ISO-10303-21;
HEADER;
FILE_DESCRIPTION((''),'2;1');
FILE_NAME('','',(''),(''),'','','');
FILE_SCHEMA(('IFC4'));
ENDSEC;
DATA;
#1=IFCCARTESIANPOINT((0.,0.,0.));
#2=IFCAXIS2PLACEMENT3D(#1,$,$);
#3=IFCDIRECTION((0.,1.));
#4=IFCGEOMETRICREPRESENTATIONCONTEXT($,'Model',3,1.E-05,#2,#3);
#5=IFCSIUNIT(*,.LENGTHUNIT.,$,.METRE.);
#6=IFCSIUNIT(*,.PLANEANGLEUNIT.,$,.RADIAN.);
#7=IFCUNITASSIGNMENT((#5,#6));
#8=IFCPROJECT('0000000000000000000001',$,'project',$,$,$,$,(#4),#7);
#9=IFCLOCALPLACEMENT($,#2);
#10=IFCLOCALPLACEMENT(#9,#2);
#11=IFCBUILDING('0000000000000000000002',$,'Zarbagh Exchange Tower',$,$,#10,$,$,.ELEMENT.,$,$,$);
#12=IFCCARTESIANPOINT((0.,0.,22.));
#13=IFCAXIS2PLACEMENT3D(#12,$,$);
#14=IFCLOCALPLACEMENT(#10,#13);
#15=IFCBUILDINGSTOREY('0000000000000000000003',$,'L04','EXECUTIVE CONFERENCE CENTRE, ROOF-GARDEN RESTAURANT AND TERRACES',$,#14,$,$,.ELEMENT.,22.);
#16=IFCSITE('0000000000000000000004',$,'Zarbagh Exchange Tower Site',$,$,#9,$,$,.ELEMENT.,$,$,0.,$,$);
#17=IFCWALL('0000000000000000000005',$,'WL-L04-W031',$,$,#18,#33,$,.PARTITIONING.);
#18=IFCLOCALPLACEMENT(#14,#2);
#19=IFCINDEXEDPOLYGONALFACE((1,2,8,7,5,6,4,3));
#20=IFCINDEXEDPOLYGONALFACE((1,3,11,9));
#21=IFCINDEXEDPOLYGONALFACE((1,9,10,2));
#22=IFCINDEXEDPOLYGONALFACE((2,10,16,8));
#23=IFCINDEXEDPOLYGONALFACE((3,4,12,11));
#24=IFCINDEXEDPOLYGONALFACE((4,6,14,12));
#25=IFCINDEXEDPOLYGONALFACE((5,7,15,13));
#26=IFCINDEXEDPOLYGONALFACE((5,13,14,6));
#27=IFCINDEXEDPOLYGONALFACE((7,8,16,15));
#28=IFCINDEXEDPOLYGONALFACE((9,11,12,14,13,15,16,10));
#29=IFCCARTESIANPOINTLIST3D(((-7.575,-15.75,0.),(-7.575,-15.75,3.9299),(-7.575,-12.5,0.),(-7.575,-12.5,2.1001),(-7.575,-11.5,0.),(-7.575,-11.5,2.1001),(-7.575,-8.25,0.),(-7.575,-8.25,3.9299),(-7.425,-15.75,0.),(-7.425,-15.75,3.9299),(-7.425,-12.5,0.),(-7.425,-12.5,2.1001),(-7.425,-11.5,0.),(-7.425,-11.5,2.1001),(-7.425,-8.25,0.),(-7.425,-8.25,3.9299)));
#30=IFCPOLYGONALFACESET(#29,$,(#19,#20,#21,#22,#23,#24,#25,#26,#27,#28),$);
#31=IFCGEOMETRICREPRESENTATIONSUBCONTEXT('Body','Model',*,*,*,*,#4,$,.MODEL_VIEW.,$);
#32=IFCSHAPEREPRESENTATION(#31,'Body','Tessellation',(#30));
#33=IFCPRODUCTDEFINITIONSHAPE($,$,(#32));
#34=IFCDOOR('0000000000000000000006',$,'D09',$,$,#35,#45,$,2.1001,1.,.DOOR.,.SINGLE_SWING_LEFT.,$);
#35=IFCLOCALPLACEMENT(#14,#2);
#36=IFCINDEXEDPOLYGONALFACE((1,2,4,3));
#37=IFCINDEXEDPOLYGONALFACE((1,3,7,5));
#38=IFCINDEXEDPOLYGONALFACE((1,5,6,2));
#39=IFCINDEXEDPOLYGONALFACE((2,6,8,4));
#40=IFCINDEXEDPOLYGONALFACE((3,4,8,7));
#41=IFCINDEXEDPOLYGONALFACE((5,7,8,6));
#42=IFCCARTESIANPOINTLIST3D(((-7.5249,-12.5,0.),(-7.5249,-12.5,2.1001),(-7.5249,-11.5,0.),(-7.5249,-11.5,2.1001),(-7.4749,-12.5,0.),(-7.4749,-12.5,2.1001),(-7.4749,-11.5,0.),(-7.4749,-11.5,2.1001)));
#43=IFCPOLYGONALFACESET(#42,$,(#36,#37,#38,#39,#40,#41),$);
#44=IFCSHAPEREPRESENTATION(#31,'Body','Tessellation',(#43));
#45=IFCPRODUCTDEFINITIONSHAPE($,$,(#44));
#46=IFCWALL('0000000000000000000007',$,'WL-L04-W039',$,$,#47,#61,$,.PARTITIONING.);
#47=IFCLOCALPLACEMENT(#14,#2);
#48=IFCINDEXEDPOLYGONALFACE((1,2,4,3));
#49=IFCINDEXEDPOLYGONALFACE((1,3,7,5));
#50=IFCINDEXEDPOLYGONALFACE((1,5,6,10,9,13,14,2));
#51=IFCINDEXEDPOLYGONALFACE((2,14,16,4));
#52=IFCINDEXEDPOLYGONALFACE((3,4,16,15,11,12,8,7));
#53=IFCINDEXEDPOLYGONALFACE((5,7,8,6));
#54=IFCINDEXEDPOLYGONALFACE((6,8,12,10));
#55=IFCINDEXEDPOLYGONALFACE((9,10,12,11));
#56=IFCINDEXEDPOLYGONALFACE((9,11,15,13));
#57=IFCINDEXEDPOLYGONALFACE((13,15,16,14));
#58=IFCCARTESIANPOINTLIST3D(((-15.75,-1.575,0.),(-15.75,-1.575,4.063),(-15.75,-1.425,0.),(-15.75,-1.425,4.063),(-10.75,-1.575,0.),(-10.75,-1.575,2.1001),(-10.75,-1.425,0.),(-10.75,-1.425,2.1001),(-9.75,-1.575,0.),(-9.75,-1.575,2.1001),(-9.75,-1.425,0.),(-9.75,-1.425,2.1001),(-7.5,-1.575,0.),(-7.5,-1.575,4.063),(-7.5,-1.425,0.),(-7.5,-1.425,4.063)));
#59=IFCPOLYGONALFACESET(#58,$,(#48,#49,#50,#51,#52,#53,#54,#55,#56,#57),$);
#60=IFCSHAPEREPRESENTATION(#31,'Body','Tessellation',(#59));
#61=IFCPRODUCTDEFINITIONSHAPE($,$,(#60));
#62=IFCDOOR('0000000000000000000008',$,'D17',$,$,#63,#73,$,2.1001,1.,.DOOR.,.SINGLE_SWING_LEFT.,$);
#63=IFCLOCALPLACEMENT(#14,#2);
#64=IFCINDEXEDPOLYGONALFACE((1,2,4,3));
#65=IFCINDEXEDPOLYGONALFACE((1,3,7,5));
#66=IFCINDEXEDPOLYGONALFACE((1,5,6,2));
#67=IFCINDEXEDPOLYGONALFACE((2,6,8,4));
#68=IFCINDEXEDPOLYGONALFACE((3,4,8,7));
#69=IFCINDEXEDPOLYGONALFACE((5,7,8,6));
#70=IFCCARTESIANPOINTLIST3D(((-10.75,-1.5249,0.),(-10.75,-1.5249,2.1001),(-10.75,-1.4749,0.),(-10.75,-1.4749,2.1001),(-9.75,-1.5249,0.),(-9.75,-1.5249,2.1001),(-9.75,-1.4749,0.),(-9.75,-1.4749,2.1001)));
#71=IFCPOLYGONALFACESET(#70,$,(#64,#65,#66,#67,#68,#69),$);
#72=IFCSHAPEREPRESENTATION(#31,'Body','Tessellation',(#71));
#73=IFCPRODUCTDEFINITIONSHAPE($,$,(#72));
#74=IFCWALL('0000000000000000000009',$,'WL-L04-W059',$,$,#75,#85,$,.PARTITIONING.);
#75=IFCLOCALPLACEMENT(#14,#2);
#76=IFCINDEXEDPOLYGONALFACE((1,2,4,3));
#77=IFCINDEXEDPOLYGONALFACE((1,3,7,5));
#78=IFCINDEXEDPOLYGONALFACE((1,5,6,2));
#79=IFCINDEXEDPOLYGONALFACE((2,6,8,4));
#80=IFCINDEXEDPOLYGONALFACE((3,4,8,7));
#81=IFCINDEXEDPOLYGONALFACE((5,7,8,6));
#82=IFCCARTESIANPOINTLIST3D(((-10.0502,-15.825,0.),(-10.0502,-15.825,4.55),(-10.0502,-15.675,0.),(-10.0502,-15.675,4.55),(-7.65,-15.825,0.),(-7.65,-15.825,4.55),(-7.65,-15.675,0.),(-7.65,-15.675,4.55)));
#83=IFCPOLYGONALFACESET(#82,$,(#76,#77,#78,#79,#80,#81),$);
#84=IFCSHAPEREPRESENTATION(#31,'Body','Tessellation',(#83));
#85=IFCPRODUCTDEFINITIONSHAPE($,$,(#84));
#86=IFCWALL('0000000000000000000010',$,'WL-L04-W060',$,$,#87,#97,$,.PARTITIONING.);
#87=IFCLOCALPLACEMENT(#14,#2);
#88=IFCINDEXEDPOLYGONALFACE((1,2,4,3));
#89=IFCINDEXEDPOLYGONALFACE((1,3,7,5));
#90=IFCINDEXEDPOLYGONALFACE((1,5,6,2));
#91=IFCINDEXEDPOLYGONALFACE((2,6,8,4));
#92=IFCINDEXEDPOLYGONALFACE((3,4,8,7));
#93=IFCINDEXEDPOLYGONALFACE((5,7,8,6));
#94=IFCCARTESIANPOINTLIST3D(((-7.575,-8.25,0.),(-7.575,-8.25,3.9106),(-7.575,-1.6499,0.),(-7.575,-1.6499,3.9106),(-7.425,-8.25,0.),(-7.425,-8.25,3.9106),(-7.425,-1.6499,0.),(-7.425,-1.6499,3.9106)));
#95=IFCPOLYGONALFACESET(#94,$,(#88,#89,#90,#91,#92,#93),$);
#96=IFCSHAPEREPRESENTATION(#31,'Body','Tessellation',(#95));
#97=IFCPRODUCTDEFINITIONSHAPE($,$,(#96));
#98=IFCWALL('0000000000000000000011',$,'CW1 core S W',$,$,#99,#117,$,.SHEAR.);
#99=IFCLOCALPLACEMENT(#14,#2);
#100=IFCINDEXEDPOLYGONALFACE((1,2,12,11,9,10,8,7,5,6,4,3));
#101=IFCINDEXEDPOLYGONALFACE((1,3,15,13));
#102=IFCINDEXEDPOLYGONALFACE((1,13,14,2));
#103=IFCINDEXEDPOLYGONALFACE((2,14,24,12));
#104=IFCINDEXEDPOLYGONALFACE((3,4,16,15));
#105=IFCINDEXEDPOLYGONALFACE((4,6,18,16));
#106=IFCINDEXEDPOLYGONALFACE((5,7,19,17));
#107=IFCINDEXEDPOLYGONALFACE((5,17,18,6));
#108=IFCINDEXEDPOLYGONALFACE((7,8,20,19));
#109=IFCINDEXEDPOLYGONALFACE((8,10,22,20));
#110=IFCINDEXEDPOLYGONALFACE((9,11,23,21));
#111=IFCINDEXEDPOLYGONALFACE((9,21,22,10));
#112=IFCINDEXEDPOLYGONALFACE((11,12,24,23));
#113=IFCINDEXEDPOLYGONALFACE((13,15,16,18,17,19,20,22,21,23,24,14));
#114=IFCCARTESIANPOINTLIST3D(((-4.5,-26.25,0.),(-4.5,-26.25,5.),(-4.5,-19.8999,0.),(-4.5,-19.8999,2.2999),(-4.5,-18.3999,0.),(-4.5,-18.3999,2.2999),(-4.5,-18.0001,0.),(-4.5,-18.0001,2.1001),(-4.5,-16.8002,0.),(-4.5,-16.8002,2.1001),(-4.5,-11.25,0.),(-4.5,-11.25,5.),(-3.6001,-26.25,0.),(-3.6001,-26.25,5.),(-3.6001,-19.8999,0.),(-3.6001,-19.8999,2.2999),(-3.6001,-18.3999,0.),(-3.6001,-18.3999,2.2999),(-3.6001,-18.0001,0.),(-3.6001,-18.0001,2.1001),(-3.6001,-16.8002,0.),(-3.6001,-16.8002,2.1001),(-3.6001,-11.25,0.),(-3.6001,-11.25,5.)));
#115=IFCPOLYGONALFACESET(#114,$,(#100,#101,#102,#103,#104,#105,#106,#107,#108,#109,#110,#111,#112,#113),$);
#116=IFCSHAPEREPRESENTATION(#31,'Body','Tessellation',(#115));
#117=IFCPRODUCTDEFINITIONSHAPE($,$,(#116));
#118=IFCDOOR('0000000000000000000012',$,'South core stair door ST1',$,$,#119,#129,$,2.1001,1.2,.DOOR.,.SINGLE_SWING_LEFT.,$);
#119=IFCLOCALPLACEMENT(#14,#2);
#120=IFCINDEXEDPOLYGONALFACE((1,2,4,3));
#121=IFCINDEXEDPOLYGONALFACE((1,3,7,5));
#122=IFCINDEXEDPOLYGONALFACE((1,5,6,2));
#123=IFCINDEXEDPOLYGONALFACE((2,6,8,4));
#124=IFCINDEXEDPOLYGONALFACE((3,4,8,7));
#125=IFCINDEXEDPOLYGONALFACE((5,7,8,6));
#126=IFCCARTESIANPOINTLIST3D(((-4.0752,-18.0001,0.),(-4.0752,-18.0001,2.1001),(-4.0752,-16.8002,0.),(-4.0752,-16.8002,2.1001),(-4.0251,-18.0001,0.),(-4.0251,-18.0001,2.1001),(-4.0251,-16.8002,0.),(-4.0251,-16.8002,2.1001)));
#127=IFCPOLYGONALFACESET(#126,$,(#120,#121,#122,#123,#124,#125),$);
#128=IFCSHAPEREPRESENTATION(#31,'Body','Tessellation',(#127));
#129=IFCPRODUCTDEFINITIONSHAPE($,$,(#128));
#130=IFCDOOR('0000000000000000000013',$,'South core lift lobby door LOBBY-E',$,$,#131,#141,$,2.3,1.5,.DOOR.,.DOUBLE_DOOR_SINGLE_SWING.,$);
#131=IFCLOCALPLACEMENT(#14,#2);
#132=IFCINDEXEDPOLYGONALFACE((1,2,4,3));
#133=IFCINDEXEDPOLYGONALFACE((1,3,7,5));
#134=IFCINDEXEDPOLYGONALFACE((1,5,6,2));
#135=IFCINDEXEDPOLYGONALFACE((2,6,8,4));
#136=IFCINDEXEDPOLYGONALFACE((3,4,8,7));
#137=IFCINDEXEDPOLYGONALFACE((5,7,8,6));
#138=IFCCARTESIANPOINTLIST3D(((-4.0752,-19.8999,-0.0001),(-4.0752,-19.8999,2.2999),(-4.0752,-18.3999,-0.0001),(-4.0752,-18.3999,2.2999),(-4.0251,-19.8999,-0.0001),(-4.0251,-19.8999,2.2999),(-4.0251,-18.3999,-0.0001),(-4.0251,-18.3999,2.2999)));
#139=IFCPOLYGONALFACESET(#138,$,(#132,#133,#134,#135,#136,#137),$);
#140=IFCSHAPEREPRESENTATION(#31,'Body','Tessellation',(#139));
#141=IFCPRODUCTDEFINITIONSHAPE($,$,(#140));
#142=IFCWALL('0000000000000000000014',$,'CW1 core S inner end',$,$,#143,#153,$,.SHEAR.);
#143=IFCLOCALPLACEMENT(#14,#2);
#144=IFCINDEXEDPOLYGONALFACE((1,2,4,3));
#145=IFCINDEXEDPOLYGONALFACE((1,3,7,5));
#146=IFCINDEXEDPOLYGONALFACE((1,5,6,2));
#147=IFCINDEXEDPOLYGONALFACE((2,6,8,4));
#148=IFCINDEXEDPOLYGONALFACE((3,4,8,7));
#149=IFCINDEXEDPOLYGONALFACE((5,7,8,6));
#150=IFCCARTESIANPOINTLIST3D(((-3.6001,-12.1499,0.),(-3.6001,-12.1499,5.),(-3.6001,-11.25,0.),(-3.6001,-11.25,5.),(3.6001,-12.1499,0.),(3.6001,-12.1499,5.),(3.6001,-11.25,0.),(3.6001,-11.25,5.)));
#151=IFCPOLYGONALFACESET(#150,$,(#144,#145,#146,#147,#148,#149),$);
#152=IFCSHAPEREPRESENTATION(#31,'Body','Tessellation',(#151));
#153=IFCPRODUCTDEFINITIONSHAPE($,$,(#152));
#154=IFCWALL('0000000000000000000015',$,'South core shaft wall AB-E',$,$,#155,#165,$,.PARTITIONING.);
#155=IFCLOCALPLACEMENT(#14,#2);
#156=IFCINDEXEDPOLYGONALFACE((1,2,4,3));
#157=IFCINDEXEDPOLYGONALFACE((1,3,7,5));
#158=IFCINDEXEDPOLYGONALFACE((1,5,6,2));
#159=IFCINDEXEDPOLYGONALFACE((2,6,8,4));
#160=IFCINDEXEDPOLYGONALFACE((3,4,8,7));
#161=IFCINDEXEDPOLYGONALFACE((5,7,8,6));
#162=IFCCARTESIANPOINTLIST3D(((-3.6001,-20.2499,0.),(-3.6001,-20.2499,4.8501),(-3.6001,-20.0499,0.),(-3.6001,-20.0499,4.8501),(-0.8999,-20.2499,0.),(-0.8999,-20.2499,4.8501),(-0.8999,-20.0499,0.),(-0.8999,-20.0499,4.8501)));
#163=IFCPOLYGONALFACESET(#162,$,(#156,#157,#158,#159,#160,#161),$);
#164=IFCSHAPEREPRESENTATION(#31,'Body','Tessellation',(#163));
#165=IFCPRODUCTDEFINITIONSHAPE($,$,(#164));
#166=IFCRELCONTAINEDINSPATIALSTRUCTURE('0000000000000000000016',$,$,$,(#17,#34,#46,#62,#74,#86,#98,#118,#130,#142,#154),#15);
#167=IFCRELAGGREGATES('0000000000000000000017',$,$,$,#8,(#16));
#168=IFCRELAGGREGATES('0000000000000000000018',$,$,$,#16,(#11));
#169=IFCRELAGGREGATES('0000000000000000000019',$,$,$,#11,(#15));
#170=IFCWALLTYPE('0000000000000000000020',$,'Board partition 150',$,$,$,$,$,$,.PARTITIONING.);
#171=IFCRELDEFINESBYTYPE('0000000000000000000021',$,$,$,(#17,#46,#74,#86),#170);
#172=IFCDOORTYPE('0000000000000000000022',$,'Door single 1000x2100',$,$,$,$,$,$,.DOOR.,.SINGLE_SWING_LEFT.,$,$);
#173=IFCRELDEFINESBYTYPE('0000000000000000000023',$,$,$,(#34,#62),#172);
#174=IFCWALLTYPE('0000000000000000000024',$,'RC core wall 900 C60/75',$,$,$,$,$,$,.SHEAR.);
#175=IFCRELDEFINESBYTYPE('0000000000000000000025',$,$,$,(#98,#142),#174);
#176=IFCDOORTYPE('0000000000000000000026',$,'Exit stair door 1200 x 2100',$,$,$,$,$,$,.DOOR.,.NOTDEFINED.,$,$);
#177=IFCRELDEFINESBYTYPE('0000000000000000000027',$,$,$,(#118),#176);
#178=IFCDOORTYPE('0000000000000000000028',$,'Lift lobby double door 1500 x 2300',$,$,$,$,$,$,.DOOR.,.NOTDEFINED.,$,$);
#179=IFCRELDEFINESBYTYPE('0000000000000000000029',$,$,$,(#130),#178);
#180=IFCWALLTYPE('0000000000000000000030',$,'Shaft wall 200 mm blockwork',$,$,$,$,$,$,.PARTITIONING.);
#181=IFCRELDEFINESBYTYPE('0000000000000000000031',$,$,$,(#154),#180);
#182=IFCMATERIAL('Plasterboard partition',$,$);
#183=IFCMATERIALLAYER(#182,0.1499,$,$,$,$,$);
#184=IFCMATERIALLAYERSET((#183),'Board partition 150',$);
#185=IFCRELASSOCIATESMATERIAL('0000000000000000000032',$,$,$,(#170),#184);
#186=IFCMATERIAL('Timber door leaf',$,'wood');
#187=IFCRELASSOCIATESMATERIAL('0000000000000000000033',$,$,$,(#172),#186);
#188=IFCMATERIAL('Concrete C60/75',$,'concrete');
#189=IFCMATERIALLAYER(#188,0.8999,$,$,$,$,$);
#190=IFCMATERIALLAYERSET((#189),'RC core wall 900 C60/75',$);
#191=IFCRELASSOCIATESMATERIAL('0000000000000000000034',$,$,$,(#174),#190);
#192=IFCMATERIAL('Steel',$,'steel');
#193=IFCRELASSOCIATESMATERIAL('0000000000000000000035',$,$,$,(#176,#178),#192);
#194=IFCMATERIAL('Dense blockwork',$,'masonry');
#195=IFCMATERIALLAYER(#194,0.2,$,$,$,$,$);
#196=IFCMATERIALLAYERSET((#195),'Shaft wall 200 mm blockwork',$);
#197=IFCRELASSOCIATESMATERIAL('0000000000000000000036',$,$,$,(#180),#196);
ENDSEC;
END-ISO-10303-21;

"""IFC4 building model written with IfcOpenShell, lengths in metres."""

from ifc_helpers import new_model, si_unit, direction, frame, frame_2d, origin, place, context, subcontext, project, spatial, rectangle, extrude, material, layer, layer_set, type_object, element, fill, save


model = new_model("IFC4")

# Units and contexts
model_context = context("Model", 3, precision=1e-05, world=origin(), true_north=direction((0.0, 1.0)))
body_context = subcontext(model_context, "Body", "Model", "MODEL_VIEW")
ifc_project = project(units=[si_unit("LENGTHUNIT", "METRE"), si_unit("PLANEANGLEUNIT", "RADIAN")], contexts=[model_context])

# Site, building, storey
site_placement = place(None, origin())
site = spatial("IfcSite", under=ifc_project, at=site_placement, Name="Zarbagh Exchange Tower Site", CompositionType="ELEMENT", RefElevation=0.0)
building_placement = place(site_placement, origin())
building = spatial("IfcBuilding", under=site, at=building_placement, Name="Zarbagh Exchange Tower", CompositionType="ELEMENT")
storey_placement = place(building_placement, frame((0.0, 0.0, 22.0)))
storey = spatial("IfcBuildingStorey", under=building, at=storey_placement, Name="L04", Description="EXECUTIVE CONFERENCE CENTRE, ROOF-GARDEN RESTAURANT AND TERRACES", CompositionType="ELEMENT", Elevation=22.0)

# Shared definitions
ifc_material_1 = material(Name="Concrete C60/75", Category="concrete")

# Walls, openings, doors
ifc_material_2 = material(Name="Plasterboard partition")
ifc_layer_1 = layer(ifc_material_2, 0.1499)
ifc_layer_set_1 = layer_set([ifc_layer_1], Name="Board partition 150")
wall_type_1 = type_object("IfcWallType", Name="Board partition 150", PredefinedType="PARTITIONING", material=ifc_layer_set_1)
wall_1_placement = place(storey_placement, frame((-7.5, -15.75, 0.0), z_axis=(0.0, 0.0, 1.0), x_axis=(0.0, 1.0, 0.0)))
wall_1 = element("IfcWall", 1, at=wall_1_placement, inside=storey, type_object=wall_type_1, Name="WL-L04-W031", PredefinedType="PARTITIONING", context=body_context, shape_type="SweptSolid", body=[
    extrude(rectangle(XDim=7.5, YDim=0.1499, at=frame_2d((3.75, 0.0))), origin(), (0.0, 0.0, 1.0), 3.9299),
])
opening_1_placement = place(wall_1_placement, frame((3.25, 0.0, 0.0)))
opening_1 = element("IfcOpeningElement", 2, at=opening_1_placement, cuts=wall_1, PredefinedType="OPENING", context=body_context, shape_type="SweptSolid", body=[
    extrude(rectangle(XDim=1.0, YDim=2.1001, at=frame_2d((0.5, 1.05))), frame((0.0, 0.085, 0.0), z_axis=(0.0, -1.0, 0.0), x_axis=(1.0, 0.0, 0.0)), (0.0, 0.0, 1.0), 0.1699),
])
ifc_material_3 = material(Name="Timber door leaf", Category="wood")
door_type_1 = type_object("IfcDoorType", Name="Door single 1000x2100", OperationType="SINGLE_SWING_LEFT", PredefinedType="DOOR", material=ifc_material_3)
door_1_placement = place(opening_1_placement, origin())
door_1 = element("IfcDoor", 3, at=door_1_placement, inside=storey, type_object=door_type_1, Name="D09", OperationType="SINGLE_SWING_LEFT", OverallHeight=2.1001, OverallWidth=1.0, PredefinedType="DOOR", context=body_context, shape_type="SweptSolid", body=[
    extrude(rectangle(XDim=1.0, YDim=2.1001, at=frame_2d((0.5, 1.05))), frame((0.0, 0.0249, 0.0), z_axis=(0.0, -1.0, 0.0), x_axis=(1.0, 0.0, 0.0)), (0.0, 0.0, 1.0), 0.05),
])
fill(opening_1, door_1)
wall_2_placement = place(storey_placement, frame((-7.5, -1.5, 0.0), z_axis=(0.0, 0.0, 1.0), x_axis=(-1.0, 0.0, 0.0)))
wall_2 = element("IfcWall", 4, at=wall_2_placement, inside=storey, type_object=wall_type_1, Name="WL-L04-W039", PredefinedType="PARTITIONING", context=body_context, shape_type="SweptSolid", body=[
    extrude(rectangle(XDim=8.25, YDim=0.1499, at=frame_2d((4.125, 0.0))), origin(), (0.0, 0.0, 1.0), 4.063),
])
opening_2_placement = place(wall_2_placement, frame((2.25, 0.0, 0.0)))
opening_2 = element("IfcOpeningElement", 5, at=opening_2_placement, cuts=wall_2, PredefinedType="OPENING", context=body_context, shape_type="SweptSolid", body=[
    extrude(rectangle(XDim=1.0, YDim=2.1001, at=frame_2d((0.5, 1.05))), frame((0.0, 0.085, 0.0), z_axis=(0.0, -1.0, 0.0), x_axis=(1.0, 0.0, 0.0)), (0.0, 0.0, 1.0), 0.1699),
])
door_2_placement = place(opening_2_placement, origin())
door_2 = element("IfcDoor", 6, at=door_2_placement, inside=storey, type_object=door_type_1, Name="D17", OperationType="SINGLE_SWING_LEFT", OverallHeight=2.1001, OverallWidth=1.0, PredefinedType="DOOR", context=body_context, shape_type="SweptSolid", body=[
    extrude(rectangle(XDim=1.0, YDim=2.1001, at=frame_2d((0.5, 1.05))), frame((0.0, 0.0249, 0.0), z_axis=(0.0, -1.0, 0.0), x_axis=(1.0, 0.0, 0.0)), (0.0, 0.0, 1.0), 0.05),
])
fill(opening_2, door_2)

# Walls
wall_3_placement = place(storey_placement, frame((-7.6499, -15.75, 0.0), z_axis=(0.0, 0.0, 1.0), x_axis=(-1.0, 0.0, 0.0)))
element("IfcWall", 7, at=wall_3_placement, inside=storey, type_object=wall_type_1, Name="WL-L04-W059", PredefinedType="PARTITIONING", context=body_context, shape_type="SweptSolid", body=[
    extrude(rectangle(XDim=2.4001, YDim=0.1499, at=frame_2d((1.2002, 0.0))), origin(), (0.0, 0.0, 1.0), 4.55),
])
wall_4_placement = place(storey_placement, frame((-7.5, -1.6499, 0.0), z_axis=(0.0, 0.0, 1.0), x_axis=(0.0, -1.0, 0.0)))
element("IfcWall", 8, at=wall_4_placement, inside=storey, type_object=wall_type_1, Name="WL-L04-W060", PredefinedType="PARTITIONING", context=body_context, shape_type="SweptSolid", body=[
    extrude(rectangle(XDim=6.6001, YDim=0.1499, at=frame_2d((3.3, 0.0))), origin(), (0.0, 0.0, 1.0), 3.9106),
])

# Wall, openings, doors
ifc_layer_2 = layer(ifc_material_1, 0.8999)
ifc_layer_set_2 = layer_set([ifc_layer_2], Name="RC core wall 900 C60/75")
wall_type_2 = type_object("IfcWallType", Name="RC core wall 900 C60/75", PredefinedType="SHEAR", material=ifc_layer_set_2)
wall_5_placement = place(storey_placement, frame((-4.05, -11.25, 0.0), z_axis=(0.0, 0.0, 1.0), x_axis=(0.0, -1.0, 0.0)))
wall_5 = element("IfcWall", 9, at=wall_5_placement, inside=storey, type_object=wall_type_2, Name="CW1 core S W", PredefinedType="SHEAR", context=body_context, shape_type="SweptSolid", body=[
    extrude(rectangle(XDim=15.0, YDim=0.8999, at=frame_2d((7.5, 0.0))), origin(), (0.0, 0.0, 1.0), 5.0),
])
opening_3_placement = place(wall_5_placement, frame((7.1499, 0.0, 0.0)))
opening_3 = element("IfcOpeningElement", 10, at=opening_3_placement, cuts=wall_5, PredefinedType="OPENING", context=body_context, shape_type="SweptSolid", body=[
    extrude(rectangle(XDim=1.5, YDim=2.3, at=frame_2d((0.75, 1.1499))), frame((0.0, 0.46, 0.0), z_axis=(0.0, -1.0, 0.0), x_axis=(1.0, 0.0, 0.0)), (0.0, 0.0, 1.0), 0.9199),
])
opening_4_placement = place(wall_5_placement, frame((5.55, 0.0, 0.0)))
opening_4 = element("IfcOpeningElement", 11, at=opening_4_placement, cuts=wall_5, PredefinedType="OPENING", context=body_context, shape_type="SweptSolid", body=[
    extrude(rectangle(XDim=1.2, YDim=2.1001, at=frame_2d((0.6001, 1.05))), frame((0.0, 0.46, 0.0), z_axis=(0.0, -1.0, 0.0), x_axis=(1.0, 0.0, 0.0)), (0.0, 0.0, 1.0), 0.9199),
])
ifc_material_4 = material(Name="Steel", Category="steel")
door_type_2 = type_object("IfcDoorType", Name="Exit stair door 1200 x 2100", OperationType="NOTDEFINED", PredefinedType="DOOR", material=ifc_material_4)
door_3_placement = place(opening_4_placement, origin())
door_3 = element("IfcDoor", 12, at=door_3_placement, inside=storey, type_object=door_type_2, Name="South core stair door ST1", OperationType="SINGLE_SWING_LEFT", OverallHeight=2.1001, OverallWidth=1.2, PredefinedType="DOOR", context=body_context, shape_type="SweptSolid", body=[
    extrude(rectangle(XDim=1.2, YDim=2.1001, at=frame_2d((0.6001, 1.05))), frame((0.0, 0.0249, 0.0), z_axis=(0.0, -1.0, 0.0), x_axis=(1.0, 0.0, 0.0)), (0.0, 0.0, 1.0), 0.05),
])
fill(opening_4, door_3)
door_type_3 = type_object("IfcDoorType", Name="Lift lobby double door 1500 x 2300", OperationType="NOTDEFINED", PredefinedType="DOOR", material=ifc_material_4)
door_4_placement = place(opening_3_placement, origin())
door_4 = element("IfcDoor", 13, at=door_4_placement, inside=storey, type_object=door_type_3, Name="South core lift lobby door LOBBY-E", OperationType="DOUBLE_DOOR_SINGLE_SWING", OverallHeight=2.3, OverallWidth=1.5, PredefinedType="DOOR", context=body_context, shape_type="SweptSolid", body=[
    extrude(rectangle(XDim=1.5, YDim=2.3, at=frame_2d((0.75, 1.1499))), frame((0.0, 0.0249, 0.0), z_axis=(0.0, -1.0, 0.0), x_axis=(1.0, 0.0, 0.0)), (0.0, 0.0, 1.0), 0.05),
])
fill(opening_3, door_4)

# Walls
wall_6_placement = place(storey_placement, frame((-3.6001, -11.7, 0.0), z_axis=(0.0, 0.0, 1.0), x_axis=(1.0, 0.0, 0.0)))
element("IfcWall", 14, at=wall_6_placement, inside=storey, type_object=wall_type_2, Name="CW1 core S inner end", PredefinedType="SHEAR", context=body_context, shape_type="SweptSolid", body=[
    extrude(rectangle(XDim=7.2002, YDim=0.8999, at=frame_2d((3.6001, 0.0))), origin(), (0.0, 0.0, 1.0), 5.0),
])
ifc_material_5 = material(Name="Dense blockwork", Category="masonry")
ifc_layer_3 = layer(ifc_material_5, 0.2)
ifc_layer_set_3 = layer_set([ifc_layer_3], Name="Shaft wall 200 mm blockwork")
wall_type_3 = type_object("IfcWallType", Name="Shaft wall 200 mm blockwork", PredefinedType="PARTITIONING", material=ifc_layer_set_3)
wall_7_placement = place(storey_placement, frame((-0.8999, -20.1499, 0.0), z_axis=(0.0, 0.0, 1.0), x_axis=(-1.0, 0.0, 0.0)))
element("IfcWall", 15, at=wall_7_placement, inside=storey, type_object=wall_type_3, Name="South core shaft wall AB-E", PredefinedType="PARTITIONING", context=body_context, shape_type="SweptSolid", body=[
    extrude(rectangle(XDim=2.7002, YDim=0.2, at=frame_2d((1.3501, 0.0))), origin(), (0.0, 0.0, 1.0), 4.8501),
])

save(model, "model.ifc")
